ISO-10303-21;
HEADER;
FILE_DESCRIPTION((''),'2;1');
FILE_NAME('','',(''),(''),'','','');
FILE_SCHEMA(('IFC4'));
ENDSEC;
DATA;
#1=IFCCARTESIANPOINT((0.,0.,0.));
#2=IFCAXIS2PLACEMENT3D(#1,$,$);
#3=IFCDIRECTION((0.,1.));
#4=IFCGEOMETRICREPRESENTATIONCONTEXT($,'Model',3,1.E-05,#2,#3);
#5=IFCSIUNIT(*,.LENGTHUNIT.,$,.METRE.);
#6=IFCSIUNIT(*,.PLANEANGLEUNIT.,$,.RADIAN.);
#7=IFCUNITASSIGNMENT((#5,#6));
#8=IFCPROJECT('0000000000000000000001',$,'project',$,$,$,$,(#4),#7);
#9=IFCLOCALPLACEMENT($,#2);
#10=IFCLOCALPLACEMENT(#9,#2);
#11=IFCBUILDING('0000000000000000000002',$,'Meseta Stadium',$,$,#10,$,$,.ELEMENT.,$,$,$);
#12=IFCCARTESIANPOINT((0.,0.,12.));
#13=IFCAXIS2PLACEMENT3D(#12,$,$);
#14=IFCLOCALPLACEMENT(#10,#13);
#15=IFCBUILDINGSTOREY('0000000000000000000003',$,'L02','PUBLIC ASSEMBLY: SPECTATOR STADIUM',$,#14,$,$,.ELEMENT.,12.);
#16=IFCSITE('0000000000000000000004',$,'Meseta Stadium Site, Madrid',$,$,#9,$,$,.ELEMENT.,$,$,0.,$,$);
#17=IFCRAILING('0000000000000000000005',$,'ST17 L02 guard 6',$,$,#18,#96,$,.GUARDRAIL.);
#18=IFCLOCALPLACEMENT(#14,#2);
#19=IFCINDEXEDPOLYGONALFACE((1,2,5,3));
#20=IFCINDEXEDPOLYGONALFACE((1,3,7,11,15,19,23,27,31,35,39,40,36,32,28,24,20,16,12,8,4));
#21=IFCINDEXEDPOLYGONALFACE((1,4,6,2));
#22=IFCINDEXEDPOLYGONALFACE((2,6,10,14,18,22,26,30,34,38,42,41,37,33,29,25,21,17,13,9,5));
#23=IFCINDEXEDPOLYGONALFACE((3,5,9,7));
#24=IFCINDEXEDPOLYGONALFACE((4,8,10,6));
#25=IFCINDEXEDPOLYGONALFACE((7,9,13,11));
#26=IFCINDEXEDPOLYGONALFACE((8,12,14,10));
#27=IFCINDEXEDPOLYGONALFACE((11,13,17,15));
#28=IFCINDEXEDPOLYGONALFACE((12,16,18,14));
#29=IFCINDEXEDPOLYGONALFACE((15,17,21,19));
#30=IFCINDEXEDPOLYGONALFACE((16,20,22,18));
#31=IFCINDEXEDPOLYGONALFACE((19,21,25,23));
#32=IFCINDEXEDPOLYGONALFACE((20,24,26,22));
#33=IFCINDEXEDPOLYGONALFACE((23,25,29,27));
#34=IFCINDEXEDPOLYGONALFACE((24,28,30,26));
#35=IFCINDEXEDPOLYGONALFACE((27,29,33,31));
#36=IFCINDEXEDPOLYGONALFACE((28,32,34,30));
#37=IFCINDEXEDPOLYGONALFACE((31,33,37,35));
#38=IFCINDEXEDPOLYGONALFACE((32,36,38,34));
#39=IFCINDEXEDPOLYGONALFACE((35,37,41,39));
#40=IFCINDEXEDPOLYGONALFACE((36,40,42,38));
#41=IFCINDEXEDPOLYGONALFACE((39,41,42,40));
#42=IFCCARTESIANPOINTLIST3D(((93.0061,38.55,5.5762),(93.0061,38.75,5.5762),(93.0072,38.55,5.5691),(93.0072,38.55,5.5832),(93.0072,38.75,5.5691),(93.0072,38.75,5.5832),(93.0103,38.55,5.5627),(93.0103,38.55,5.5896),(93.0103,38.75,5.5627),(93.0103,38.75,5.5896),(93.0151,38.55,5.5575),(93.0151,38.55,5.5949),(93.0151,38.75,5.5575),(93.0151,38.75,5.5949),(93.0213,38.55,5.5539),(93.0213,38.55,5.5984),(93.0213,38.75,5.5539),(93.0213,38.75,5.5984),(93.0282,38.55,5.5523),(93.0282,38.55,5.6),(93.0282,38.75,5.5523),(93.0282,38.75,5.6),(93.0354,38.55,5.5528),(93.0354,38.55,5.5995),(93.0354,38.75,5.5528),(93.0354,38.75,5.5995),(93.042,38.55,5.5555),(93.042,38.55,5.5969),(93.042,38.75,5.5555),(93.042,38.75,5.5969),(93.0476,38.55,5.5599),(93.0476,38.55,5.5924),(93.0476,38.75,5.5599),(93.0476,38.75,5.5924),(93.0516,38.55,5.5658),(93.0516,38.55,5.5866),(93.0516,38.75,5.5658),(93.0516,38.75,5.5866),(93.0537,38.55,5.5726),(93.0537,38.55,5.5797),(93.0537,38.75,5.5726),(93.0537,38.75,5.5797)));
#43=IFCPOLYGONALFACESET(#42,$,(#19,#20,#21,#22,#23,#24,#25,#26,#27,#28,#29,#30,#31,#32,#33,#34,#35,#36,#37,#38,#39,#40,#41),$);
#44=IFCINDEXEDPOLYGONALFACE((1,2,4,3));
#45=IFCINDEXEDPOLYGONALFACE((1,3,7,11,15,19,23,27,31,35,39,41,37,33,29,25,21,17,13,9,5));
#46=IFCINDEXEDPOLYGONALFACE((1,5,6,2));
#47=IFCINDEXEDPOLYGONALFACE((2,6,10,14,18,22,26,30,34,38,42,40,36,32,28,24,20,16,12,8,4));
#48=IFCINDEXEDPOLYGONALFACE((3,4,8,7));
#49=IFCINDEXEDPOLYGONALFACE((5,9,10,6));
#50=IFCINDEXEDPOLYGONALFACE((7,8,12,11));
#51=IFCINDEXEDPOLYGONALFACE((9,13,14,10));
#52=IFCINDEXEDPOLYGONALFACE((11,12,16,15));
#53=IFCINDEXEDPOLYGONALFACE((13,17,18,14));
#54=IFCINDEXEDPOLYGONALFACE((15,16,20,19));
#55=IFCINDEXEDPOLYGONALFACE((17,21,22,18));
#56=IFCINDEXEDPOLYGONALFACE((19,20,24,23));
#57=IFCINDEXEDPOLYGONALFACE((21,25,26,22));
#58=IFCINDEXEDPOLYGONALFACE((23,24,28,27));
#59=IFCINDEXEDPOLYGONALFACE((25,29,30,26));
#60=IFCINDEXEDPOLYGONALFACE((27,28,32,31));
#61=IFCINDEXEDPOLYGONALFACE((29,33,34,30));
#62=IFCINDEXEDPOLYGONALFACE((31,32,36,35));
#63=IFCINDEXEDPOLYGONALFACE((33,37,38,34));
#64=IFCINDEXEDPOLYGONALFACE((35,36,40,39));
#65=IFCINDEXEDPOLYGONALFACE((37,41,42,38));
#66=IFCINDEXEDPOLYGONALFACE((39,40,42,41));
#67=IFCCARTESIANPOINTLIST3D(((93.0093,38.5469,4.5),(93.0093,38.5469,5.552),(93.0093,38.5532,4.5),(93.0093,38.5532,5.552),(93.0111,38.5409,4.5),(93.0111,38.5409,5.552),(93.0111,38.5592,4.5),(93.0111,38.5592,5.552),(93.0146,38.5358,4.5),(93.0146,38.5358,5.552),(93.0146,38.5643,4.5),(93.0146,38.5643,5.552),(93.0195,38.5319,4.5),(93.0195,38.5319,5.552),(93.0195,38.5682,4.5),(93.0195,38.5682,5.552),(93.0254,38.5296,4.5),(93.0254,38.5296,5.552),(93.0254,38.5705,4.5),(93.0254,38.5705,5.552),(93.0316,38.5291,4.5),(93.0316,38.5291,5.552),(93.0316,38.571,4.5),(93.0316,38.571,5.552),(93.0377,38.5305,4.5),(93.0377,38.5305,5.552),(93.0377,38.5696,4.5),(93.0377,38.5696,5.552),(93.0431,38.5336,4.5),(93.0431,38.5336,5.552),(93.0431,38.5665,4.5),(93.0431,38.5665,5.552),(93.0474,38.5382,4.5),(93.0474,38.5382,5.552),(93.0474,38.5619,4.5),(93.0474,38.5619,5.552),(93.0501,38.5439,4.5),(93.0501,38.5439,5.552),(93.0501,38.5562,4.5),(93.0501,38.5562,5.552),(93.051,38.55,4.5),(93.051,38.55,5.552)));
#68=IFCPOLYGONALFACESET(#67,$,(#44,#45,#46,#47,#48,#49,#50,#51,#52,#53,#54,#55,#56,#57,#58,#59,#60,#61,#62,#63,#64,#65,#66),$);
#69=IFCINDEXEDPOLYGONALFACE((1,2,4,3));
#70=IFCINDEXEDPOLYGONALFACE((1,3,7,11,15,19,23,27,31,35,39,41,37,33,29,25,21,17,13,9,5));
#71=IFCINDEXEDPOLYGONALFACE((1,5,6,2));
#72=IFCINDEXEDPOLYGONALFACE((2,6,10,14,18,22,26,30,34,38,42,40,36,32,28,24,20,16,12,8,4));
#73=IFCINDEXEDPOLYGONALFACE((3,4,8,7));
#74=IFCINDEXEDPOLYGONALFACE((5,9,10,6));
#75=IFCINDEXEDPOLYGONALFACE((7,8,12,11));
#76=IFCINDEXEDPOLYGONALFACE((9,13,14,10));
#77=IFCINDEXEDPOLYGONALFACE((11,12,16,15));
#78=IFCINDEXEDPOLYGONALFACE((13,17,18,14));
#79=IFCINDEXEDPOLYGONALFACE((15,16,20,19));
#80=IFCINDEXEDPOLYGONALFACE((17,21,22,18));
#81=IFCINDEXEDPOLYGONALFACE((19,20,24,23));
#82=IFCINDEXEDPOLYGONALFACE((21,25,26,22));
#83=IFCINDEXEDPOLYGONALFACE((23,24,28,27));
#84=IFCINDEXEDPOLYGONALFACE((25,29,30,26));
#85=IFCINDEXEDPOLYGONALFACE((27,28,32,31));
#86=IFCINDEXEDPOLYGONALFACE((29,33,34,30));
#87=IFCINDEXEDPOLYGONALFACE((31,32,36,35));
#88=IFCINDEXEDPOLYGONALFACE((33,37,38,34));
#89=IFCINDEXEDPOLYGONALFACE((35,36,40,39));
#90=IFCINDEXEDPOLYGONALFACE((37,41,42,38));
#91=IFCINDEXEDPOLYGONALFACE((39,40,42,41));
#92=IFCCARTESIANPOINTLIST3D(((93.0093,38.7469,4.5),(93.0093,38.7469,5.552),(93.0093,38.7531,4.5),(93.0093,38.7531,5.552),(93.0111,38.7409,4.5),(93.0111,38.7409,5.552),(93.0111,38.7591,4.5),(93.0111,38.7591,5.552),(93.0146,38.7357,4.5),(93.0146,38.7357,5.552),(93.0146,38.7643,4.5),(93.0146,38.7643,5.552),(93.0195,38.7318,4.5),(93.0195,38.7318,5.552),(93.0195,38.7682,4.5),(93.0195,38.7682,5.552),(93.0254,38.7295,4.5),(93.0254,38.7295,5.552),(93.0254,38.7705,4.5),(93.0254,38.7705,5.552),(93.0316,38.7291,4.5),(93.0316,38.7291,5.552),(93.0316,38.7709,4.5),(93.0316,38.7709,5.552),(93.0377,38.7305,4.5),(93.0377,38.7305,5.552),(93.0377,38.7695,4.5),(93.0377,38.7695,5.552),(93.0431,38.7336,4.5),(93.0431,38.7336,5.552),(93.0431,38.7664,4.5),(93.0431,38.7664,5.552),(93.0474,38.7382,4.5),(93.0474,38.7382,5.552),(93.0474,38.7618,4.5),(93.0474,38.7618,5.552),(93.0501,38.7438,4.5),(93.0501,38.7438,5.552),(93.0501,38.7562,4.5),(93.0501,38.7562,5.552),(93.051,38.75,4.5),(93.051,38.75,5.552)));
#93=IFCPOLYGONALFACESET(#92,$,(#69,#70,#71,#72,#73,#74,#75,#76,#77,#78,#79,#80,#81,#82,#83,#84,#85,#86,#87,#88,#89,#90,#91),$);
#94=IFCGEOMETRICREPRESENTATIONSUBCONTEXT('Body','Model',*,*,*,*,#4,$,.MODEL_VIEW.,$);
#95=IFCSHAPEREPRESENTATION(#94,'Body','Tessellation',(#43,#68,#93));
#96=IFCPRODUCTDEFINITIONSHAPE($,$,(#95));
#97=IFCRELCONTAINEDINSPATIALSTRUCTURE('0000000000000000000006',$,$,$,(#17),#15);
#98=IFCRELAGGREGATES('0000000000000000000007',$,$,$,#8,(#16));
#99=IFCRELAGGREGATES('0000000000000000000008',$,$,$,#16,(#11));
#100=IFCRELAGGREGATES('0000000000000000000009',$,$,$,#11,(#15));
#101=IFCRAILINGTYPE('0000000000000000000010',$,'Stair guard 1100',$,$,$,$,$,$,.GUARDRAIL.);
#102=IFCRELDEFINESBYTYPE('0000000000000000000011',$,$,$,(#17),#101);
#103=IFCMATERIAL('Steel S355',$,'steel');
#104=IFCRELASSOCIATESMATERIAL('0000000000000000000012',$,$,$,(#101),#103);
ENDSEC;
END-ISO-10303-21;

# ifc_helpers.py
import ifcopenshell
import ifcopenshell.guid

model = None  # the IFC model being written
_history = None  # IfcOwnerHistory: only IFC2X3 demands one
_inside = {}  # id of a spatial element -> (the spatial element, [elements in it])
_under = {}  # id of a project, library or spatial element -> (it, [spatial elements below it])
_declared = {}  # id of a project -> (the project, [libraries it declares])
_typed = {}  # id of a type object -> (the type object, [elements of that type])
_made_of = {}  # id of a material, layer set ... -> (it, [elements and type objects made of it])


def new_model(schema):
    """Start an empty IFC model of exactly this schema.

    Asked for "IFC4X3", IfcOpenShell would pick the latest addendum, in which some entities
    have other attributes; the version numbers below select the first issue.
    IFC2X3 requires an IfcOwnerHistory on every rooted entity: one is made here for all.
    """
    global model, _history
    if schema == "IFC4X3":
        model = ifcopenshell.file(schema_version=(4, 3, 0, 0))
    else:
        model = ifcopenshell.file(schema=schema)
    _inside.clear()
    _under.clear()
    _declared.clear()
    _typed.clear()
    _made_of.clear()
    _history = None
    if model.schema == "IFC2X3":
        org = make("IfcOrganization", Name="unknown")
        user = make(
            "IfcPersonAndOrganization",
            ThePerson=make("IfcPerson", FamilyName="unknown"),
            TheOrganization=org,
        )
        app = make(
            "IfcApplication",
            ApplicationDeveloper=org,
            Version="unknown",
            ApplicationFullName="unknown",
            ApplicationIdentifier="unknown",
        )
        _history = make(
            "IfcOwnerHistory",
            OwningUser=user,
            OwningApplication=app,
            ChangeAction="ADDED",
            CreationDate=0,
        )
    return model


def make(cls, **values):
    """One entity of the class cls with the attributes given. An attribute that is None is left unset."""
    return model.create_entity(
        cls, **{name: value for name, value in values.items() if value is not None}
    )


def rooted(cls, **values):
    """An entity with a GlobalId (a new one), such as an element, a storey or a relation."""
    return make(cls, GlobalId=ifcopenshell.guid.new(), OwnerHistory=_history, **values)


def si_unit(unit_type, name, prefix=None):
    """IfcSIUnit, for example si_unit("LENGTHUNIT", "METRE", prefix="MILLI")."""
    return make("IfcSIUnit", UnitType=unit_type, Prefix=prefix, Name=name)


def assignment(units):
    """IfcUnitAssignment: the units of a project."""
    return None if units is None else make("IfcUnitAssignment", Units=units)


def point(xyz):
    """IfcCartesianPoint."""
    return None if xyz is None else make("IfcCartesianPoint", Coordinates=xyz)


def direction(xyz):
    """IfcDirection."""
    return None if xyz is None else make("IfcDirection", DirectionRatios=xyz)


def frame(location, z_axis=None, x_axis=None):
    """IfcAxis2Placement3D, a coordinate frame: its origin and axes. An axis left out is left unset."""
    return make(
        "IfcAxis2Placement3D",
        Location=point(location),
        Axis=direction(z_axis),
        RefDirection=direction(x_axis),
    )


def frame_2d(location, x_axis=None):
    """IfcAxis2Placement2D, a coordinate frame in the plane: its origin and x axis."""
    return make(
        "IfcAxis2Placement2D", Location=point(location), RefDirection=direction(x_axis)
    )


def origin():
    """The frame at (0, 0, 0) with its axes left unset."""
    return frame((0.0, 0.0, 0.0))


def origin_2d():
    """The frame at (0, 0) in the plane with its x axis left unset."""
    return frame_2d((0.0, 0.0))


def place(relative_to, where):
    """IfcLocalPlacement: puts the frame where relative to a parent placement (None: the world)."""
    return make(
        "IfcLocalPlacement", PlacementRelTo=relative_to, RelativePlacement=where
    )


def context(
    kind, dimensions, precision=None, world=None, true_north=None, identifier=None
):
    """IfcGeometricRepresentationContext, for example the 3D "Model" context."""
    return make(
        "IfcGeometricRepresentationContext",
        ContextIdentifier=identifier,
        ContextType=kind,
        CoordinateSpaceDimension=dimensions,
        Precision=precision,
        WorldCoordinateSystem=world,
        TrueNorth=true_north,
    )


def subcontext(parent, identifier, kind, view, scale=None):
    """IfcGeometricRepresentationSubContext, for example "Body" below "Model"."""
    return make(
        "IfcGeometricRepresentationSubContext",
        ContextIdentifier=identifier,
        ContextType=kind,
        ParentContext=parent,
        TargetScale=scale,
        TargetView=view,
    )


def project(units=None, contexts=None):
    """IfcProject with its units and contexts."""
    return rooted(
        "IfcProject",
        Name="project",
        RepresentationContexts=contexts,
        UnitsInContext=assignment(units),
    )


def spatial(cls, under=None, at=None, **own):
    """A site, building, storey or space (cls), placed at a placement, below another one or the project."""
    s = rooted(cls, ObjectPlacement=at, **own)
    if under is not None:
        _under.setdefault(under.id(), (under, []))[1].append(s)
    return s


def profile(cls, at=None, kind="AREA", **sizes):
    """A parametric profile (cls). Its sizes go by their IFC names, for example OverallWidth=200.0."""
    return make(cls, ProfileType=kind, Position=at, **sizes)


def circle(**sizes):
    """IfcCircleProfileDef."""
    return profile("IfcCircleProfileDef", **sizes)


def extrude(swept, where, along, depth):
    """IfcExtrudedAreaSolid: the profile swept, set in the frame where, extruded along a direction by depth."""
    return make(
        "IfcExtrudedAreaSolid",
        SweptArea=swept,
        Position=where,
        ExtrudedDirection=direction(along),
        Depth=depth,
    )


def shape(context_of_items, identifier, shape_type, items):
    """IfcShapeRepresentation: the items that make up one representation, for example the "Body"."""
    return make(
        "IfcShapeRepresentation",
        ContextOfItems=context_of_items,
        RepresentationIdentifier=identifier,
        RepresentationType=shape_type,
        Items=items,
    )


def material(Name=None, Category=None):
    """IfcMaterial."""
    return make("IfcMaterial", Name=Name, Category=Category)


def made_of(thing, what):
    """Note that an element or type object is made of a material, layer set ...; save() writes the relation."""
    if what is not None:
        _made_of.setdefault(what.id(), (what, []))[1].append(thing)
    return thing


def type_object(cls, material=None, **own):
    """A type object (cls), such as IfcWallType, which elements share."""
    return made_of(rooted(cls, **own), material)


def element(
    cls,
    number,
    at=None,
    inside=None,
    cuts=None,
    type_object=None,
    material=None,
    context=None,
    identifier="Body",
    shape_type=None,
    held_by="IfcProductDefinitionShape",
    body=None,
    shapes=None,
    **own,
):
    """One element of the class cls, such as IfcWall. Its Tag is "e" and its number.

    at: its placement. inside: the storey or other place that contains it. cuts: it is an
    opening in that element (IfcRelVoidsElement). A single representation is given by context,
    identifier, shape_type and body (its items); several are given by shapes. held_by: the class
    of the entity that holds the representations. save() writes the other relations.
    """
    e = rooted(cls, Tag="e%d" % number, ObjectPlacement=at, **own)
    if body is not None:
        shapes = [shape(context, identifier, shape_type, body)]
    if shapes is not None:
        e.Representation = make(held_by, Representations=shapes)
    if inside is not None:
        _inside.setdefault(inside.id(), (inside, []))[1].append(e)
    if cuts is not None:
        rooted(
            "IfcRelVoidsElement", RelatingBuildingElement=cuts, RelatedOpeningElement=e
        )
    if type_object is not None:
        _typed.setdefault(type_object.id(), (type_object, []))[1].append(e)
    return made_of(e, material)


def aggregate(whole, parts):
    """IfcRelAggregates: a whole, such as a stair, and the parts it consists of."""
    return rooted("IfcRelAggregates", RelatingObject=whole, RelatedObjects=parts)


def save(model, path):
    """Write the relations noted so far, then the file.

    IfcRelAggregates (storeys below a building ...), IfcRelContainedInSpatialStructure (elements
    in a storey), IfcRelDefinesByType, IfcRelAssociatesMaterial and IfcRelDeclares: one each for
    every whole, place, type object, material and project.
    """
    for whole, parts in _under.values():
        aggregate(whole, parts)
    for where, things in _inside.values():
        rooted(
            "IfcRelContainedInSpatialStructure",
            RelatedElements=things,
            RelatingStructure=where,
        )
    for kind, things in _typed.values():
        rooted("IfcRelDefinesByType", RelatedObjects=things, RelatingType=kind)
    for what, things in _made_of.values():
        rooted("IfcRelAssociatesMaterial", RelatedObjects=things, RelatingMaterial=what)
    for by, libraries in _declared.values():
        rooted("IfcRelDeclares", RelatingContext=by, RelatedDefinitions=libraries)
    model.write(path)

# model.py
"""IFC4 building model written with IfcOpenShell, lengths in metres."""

from ifc_helpers import new_model, si_unit, direction, frame, origin, origin_2d, place, context, subcontext, project, spatial, circle, extrude, material, type_object, element, save


model = new_model("IFC4")

# Units and contexts
model_context = context("Model", 3, precision=1e-05, world=origin(), true_north=direction((0.0, 1.0)))
body_context = subcontext(model_context, "Body", "Model", "MODEL_VIEW")
ifc_project = project(units=[si_unit("LENGTHUNIT", "METRE"), si_unit("PLANEANGLEUNIT", "RADIAN")], contexts=[model_context])

# Site, building, storey
site_placement = place(None, origin())
site = spatial("IfcSite", under=ifc_project, at=site_placement, Name="Meseta Stadium Site, Madrid", CompositionType="ELEMENT", RefElevation=0.0)
building_placement = place(site_placement, origin())
building = spatial("IfcBuilding", under=site, at=building_placement, Name="Meseta Stadium", CompositionType="ELEMENT")
storey_placement = place(building_placement, frame((0.0, 0.0, 12.0)))
storey = spatial("IfcBuildingStorey", under=building, at=storey_placement, Name="L02", Description="PUBLIC ASSEMBLY: SPECTATOR STADIUM", CompositionType="ELEMENT", Elevation=12.0)

# Railing
ifc_material_1 = material(Name="Steel S355", Category="steel")
railing_type_1 = type_object("IfcRailingType", Name="Stair guard 1100", PredefinedType="GUARDRAIL", material=ifc_material_1)
railing_1_placement = place(storey_placement, frame((93.03, 38.55, 4.5)))
element("IfcRailing", 1, at=railing_1_placement, inside=storey, type_object=railing_type_1, Name="ST17 L02 guard 6", PredefinedType="GUARDRAIL", context=body_context, shape_type="SweptSolid", body=[
    extrude(circle(Radius=0.0239, at=origin_2d()), frame((0.0, 0.0, 1.0762), z_axis=(0.0, 1.0, 0.0), x_axis=(-1.0, 0.0, 0.0)), (0.0, 0.0, 1.0), 0.2),
    extrude(circle(Radius=0.021, at=origin_2d()), origin(), (0.0, 0.0, 1.0), 1.052),
    extrude(circle(Radius=0.021, at=origin_2d()), frame((0.0, 0.2, 0.0)), (0.0, 0.0, 1.0), 1.052),
])

save(model, "model.ifc")
